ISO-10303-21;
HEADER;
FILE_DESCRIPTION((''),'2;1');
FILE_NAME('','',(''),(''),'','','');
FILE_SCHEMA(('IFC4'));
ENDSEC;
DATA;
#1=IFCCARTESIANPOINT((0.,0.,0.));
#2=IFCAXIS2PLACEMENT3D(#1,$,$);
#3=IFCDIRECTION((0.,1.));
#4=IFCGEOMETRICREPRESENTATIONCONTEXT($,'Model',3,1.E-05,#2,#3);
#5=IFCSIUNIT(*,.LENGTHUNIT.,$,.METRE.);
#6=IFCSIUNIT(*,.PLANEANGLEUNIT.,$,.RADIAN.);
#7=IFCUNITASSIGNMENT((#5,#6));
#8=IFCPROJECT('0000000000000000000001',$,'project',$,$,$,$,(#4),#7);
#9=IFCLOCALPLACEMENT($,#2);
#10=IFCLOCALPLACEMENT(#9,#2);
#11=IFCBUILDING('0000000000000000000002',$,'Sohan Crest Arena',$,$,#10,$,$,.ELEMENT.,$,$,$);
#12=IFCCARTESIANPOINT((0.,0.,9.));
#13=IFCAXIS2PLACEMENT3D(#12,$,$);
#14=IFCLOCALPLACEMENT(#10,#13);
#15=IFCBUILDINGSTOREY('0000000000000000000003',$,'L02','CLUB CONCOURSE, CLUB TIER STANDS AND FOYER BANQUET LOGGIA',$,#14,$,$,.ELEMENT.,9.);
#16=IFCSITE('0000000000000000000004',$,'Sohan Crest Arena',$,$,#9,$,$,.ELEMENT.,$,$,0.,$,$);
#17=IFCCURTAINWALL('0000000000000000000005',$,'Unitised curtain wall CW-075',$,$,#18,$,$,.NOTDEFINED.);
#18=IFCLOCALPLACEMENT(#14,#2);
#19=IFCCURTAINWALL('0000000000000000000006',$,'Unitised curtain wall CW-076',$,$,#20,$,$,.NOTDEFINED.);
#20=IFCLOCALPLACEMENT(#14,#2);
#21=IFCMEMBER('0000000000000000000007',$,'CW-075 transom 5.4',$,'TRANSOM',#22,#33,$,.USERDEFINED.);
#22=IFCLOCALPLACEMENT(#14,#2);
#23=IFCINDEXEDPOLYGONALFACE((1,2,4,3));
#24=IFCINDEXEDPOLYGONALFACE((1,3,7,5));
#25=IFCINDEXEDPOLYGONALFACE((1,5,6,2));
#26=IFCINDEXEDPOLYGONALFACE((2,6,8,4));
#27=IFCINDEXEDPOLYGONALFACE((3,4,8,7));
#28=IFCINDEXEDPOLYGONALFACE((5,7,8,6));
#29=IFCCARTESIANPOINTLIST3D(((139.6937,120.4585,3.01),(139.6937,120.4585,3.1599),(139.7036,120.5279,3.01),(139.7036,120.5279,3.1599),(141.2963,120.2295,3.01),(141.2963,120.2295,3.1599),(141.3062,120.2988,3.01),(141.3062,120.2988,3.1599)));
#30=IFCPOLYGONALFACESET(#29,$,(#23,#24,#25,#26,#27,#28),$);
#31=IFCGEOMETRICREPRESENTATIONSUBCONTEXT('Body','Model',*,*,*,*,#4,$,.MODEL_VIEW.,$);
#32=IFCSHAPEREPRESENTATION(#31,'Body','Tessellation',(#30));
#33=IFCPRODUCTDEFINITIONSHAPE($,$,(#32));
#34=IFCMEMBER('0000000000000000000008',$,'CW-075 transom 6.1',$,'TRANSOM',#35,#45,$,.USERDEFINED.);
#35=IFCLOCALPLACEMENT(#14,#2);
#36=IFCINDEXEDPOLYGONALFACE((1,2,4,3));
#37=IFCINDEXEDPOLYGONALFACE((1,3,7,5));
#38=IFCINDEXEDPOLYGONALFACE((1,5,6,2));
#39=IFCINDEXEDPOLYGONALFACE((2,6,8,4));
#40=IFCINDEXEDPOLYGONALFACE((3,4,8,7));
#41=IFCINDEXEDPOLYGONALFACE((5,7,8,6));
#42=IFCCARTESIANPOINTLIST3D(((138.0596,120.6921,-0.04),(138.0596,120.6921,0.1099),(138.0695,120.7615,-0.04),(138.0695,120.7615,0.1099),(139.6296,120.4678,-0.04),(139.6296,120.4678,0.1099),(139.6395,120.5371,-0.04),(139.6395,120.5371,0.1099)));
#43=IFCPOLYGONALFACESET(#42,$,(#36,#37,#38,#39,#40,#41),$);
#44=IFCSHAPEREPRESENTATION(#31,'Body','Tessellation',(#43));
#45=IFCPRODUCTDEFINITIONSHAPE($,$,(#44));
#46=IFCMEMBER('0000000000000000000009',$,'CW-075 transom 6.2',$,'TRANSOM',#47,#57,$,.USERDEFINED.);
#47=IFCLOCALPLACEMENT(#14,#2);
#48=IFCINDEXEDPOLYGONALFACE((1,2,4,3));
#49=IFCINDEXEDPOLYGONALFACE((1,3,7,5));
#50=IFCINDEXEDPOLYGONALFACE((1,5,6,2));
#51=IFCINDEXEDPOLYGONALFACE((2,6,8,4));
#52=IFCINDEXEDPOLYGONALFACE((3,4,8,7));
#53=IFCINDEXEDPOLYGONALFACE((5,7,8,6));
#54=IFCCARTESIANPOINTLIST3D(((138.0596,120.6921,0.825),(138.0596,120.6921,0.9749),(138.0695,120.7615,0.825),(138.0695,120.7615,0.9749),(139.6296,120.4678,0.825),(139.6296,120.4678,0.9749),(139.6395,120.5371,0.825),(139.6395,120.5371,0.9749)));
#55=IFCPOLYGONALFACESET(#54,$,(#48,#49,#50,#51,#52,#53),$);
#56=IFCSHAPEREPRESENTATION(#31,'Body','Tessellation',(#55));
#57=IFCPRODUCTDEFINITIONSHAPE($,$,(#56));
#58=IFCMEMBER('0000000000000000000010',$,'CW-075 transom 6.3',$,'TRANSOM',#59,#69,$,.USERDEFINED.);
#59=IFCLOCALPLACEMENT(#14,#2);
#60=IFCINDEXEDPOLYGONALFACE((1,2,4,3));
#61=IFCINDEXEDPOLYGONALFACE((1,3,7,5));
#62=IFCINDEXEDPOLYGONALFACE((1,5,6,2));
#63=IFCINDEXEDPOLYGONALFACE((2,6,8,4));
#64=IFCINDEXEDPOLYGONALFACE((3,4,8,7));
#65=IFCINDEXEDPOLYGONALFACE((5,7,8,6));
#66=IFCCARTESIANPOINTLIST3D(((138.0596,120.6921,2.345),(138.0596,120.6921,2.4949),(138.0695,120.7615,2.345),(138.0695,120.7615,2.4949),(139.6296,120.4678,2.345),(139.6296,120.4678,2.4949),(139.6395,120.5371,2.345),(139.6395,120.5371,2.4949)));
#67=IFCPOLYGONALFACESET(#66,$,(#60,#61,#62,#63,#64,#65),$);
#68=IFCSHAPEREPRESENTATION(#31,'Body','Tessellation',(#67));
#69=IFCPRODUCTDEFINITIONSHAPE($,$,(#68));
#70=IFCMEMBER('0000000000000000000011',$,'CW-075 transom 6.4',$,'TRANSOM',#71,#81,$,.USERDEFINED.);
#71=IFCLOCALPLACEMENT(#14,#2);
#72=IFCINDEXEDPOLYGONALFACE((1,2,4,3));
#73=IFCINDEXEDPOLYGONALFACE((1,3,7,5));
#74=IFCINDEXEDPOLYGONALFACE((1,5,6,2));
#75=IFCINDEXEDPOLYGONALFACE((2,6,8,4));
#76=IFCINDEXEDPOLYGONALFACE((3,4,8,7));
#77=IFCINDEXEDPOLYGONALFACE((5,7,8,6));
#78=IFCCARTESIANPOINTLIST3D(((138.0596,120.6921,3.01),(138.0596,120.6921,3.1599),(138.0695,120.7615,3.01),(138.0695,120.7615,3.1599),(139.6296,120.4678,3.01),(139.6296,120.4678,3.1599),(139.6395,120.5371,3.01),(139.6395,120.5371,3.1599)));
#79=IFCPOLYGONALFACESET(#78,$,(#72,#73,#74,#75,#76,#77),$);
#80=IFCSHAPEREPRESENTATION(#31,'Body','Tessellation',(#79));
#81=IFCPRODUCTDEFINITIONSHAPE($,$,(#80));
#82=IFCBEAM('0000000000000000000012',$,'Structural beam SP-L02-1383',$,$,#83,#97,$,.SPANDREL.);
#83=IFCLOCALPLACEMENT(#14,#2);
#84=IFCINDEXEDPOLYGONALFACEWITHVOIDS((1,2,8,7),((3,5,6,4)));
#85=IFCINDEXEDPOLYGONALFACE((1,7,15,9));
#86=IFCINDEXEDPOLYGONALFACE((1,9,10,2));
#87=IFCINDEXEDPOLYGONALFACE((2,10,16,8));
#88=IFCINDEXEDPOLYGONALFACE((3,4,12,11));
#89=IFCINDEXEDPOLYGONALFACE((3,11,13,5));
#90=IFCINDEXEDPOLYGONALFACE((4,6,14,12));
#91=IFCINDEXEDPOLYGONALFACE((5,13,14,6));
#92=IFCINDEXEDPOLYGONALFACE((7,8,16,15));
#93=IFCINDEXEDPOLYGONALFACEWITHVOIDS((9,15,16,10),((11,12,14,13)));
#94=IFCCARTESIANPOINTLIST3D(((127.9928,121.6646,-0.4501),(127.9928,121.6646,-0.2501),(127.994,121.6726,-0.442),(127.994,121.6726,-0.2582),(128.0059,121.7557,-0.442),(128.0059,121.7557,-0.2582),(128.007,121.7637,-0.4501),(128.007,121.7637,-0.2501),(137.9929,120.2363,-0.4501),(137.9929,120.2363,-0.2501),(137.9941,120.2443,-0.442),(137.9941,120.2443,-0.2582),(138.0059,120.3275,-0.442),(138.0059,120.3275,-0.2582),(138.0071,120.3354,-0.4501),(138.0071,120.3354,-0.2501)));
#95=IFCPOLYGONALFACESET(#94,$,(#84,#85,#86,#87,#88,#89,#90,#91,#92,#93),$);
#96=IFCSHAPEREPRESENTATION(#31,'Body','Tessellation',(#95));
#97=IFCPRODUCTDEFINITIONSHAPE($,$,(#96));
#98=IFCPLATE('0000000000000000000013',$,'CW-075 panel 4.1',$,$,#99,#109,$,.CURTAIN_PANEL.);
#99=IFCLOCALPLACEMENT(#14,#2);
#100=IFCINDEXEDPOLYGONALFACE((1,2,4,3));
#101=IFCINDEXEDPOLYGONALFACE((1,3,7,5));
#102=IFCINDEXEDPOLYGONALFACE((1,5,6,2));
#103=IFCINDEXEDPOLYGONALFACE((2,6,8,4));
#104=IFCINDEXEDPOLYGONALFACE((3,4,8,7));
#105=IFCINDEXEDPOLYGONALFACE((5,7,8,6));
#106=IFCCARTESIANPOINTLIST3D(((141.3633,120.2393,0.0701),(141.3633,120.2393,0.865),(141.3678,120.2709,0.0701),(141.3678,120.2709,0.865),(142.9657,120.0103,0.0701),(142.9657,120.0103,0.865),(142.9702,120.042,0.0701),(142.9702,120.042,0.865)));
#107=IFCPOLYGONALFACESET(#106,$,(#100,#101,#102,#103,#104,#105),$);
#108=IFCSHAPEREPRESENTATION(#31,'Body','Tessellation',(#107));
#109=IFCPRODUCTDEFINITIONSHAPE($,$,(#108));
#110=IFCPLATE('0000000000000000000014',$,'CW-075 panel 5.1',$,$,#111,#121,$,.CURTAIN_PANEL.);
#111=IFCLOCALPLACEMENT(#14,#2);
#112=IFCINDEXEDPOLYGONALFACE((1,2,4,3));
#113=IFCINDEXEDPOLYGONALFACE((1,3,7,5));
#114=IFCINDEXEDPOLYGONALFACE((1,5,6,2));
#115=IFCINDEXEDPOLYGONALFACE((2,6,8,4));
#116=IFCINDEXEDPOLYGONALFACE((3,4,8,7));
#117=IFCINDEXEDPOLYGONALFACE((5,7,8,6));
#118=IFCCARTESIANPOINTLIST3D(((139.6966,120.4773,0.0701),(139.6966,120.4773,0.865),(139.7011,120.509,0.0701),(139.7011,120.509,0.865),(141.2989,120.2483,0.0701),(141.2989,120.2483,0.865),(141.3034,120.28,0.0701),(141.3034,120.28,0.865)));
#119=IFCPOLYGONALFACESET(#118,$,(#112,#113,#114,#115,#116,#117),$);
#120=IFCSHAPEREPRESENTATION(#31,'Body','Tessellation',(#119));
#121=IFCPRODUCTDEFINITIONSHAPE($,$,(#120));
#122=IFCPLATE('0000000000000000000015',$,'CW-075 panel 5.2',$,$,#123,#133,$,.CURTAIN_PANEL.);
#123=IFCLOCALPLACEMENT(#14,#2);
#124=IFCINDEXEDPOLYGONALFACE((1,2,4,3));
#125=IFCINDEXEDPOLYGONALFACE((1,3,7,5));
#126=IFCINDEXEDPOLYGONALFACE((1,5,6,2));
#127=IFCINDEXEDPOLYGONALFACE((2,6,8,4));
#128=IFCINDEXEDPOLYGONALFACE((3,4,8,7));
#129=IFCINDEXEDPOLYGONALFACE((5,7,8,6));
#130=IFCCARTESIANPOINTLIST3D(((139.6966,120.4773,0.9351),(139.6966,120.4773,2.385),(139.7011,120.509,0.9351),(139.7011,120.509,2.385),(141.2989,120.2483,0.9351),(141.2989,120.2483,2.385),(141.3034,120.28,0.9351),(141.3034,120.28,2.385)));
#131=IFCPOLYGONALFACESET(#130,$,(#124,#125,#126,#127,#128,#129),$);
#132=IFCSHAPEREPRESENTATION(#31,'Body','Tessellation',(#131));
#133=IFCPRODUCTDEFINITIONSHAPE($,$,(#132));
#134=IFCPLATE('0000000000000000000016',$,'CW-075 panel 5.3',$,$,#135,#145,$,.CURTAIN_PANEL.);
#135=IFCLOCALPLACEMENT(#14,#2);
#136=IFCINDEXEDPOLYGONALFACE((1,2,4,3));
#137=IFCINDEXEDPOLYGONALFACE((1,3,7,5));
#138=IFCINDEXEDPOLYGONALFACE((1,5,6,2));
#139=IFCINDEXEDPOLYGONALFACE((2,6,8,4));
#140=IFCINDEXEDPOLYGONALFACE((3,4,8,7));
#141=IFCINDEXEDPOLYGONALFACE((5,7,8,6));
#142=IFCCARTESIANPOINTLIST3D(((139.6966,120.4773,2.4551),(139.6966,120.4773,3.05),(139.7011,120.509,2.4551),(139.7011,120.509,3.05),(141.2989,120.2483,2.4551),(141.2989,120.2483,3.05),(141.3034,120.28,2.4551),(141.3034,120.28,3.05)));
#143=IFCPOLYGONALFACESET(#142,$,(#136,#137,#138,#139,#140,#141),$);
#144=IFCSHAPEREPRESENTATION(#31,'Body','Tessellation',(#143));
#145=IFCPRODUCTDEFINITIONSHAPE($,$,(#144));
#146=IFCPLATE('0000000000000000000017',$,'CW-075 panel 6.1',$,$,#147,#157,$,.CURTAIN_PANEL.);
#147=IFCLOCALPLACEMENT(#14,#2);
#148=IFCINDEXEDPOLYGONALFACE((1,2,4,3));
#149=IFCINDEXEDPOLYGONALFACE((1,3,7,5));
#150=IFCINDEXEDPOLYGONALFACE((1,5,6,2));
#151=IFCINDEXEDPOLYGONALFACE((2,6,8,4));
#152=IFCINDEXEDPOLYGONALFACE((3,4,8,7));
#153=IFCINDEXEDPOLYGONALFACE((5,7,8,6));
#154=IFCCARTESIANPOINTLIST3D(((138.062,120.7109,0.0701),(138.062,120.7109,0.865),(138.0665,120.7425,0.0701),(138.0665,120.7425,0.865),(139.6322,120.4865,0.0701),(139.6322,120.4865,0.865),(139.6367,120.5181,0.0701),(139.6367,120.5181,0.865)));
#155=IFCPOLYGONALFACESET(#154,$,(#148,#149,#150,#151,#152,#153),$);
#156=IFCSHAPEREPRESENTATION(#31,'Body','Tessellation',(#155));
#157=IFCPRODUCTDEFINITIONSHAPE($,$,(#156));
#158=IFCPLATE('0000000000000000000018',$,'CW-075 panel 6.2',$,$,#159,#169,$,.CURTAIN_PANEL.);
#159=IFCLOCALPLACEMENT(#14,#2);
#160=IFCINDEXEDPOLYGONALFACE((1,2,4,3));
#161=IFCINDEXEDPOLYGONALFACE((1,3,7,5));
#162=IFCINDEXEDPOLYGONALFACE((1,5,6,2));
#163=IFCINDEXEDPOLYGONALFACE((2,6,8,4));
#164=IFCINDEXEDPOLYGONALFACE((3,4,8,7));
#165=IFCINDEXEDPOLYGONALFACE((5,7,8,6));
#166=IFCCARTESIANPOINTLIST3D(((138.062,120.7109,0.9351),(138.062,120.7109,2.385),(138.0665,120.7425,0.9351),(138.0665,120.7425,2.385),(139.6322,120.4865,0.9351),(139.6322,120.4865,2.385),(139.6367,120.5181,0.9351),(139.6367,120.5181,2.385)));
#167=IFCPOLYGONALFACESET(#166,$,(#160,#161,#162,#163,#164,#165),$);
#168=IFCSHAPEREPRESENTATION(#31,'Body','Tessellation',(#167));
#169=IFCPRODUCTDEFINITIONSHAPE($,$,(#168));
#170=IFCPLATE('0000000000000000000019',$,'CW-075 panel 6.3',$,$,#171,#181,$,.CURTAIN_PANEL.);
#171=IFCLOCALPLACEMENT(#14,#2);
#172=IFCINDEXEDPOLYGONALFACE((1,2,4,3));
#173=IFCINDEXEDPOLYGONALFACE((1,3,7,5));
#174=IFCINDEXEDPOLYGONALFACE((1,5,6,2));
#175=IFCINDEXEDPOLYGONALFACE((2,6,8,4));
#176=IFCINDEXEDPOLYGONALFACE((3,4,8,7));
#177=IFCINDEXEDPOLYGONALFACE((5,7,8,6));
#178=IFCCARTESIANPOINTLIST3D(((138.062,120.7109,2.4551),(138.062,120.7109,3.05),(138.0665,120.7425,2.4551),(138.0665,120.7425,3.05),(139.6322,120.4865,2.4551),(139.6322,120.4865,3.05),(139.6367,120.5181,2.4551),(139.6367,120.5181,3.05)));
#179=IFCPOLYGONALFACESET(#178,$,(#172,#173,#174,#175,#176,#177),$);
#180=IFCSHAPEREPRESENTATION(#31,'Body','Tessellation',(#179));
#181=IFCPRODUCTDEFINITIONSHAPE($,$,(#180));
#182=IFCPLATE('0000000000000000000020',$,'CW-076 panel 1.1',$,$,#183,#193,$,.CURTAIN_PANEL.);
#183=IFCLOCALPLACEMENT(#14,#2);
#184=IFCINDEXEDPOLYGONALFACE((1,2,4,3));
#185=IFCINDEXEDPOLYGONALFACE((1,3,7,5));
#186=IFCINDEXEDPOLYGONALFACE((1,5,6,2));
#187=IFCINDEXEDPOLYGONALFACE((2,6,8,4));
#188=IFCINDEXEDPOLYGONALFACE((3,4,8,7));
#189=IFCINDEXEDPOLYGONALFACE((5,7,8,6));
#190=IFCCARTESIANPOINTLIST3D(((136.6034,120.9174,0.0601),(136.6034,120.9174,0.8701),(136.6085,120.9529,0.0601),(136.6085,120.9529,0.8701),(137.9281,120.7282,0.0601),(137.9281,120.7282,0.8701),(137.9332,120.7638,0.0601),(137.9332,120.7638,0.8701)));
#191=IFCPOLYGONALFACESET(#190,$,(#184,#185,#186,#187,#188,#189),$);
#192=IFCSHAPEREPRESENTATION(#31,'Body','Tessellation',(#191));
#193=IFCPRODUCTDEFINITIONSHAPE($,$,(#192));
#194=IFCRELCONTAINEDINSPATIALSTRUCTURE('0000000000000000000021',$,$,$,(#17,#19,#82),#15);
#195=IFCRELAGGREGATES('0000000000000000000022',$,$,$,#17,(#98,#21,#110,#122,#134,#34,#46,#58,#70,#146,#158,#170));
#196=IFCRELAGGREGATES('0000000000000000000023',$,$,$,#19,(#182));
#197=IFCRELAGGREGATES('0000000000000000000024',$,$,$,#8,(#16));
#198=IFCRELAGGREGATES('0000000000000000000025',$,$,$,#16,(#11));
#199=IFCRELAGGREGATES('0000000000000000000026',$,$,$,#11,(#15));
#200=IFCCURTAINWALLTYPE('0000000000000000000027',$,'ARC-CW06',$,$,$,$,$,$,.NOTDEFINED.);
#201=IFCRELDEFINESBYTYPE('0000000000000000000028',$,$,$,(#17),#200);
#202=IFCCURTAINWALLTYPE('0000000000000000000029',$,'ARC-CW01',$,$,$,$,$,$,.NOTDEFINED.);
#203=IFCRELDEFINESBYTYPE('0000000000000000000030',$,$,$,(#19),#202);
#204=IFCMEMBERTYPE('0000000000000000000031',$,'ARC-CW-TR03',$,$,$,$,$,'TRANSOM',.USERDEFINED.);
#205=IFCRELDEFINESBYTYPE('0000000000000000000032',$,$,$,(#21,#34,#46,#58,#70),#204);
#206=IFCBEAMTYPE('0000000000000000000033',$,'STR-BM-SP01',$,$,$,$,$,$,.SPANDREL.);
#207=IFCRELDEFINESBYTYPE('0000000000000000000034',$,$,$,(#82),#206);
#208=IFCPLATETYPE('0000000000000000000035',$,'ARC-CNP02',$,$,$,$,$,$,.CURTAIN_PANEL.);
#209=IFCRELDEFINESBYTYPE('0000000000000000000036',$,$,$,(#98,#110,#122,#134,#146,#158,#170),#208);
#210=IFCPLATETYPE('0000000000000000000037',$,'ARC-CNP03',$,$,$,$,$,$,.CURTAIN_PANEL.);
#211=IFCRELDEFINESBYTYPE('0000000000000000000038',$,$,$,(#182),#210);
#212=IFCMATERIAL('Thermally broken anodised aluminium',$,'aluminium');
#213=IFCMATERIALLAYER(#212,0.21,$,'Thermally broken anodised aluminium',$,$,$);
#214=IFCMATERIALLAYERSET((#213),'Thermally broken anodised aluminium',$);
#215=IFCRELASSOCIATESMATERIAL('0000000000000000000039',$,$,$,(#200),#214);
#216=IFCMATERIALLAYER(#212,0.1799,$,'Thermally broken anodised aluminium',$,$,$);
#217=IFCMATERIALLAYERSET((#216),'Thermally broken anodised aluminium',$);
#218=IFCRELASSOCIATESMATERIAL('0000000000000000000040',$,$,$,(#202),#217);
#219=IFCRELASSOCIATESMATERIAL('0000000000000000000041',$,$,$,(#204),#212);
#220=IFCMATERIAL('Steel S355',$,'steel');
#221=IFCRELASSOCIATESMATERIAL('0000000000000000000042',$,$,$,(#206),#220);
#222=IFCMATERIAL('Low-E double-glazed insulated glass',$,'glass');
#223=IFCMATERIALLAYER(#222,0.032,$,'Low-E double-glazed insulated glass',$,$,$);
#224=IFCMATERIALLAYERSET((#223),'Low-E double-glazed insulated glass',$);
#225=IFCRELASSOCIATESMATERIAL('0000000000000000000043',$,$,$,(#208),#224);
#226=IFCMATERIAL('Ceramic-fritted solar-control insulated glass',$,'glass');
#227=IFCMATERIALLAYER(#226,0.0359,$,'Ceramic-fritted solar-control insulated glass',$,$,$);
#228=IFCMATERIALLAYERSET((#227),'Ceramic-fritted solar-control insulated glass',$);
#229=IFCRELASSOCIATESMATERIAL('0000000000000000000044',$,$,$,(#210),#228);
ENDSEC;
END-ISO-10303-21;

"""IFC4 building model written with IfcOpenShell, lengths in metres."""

from ifc_helpers import new_model, si_unit, direction, frame, origin, origin_2d, place, context, subcontext, project, spatial, rectangle, hollow_rectangle, extrude, material, layer, layer_set, material_profile, profile_set, type_object, element, aggregate, save


model = new_model("IFC4")

# Units and contexts
model_context = context("Model", 3, precision=1e-05, world=origin(), true_north=direction((0.0, 1.0)))
body_context = subcontext(model_context, "Body", "Model", "MODEL_VIEW")
ifc_project = project(units=[si_unit("LENGTHUNIT", "METRE"), si_unit("PLANEANGLEUNIT", "RADIAN")], contexts=[model_context])

# Site, building, storey
site_placement = place(None, origin())
site = spatial("IfcSite", under=ifc_project, at=site_placement, Name="Sohan Crest Arena", CompositionType="ELEMENT", RefElevation=0.0)
building_placement = place(site_placement, origin())
building = spatial("IfcBuilding", under=site, at=building_placement, Name="Sohan Crest Arena", CompositionType="ELEMENT")
storey_placement = place(building_placement, frame((0.0, 0.0, 9.0)))
storey = spatial("IfcBuildingStorey", under=building, at=storey_placement, Name="L02", Description="CLUB CONCOURSE, CLUB TIER STANDS AND FOYER BANQUET LOGGIA", CompositionType="ELEMENT", Elevation=9.0)

# Shared definitions
ifc_material_1 = material(Name="Steel S355", Category="steel")

# Curtain walls
ifc_material_2 = material(Name="Thermally broken anodised aluminium", Category="aluminium")
ifc_layer_1 = layer(ifc_material_2, 0.21, Name="Thermally broken anodised aluminium")
ifc_layer_set_1 = layer_set([ifc_layer_1], Name="Thermally broken anodised aluminium")
curtain_wall_type_1 = type_object("IfcCurtainWallType", Name="ARC-CW06", PredefinedType="NOTDEFINED", material=ifc_layer_set_1)
curtain_wall_1_placement = place(storey_placement, origin())
curtain_wall_1 = element("IfcCurtainWall", 1, at=curtain_wall_1_placement, inside=storey, type_object=curtain_wall_type_1, Name="Unitised curtain wall CW-075", PredefinedType="NOTDEFINED")
ifc_layer_2 = layer(ifc_material_2, 0.1799, Name="Thermally broken anodised aluminium")
ifc_layer_set_2 = layer_set([ifc_layer_2], Name="Thermally broken anodised aluminium")
curtain_wall_type_2 = type_object("IfcCurtainWallType", Name="ARC-CW01", PredefinedType="NOTDEFINED", material=ifc_layer_set_2)
curtain_wall_2_placement = place(storey_placement, origin())
curtain_wall_2 = element("IfcCurtainWall", 2, at=curtain_wall_2_placement, inside=storey, type_object=curtain_wall_type_2, Name="Unitised curtain wall CW-076", PredefinedType="NOTDEFINED")

# Members
ifc_material_profile_1 = material_profile(ifc_material_2, rectangle(XDim=0.0701, YDim=0.1499, at=origin_2d()), Name="ALU-TRAN 70x150")
ifc_profile_set_1 = profile_set([ifc_material_profile_1], Name="Thermally broken anodised aluminium")
member_type_1 = type_object("IfcMemberType", Name="ARC-CW-TR03", ElementType="TRANSOM", PredefinedType="USERDEFINED", material=ifc_profile_set_1)
member_1_placement = place(storey_placement, frame((141.3013, 120.2642, 3.085), z_axis=(-0.989943, 0.141464, 0.0), x_axis=(-0.141464, -0.989943, 0.0)))
member_1 = element("IfcMember", 3, at=member_1_placement, type_object=member_type_1, Name="CW-075 transom 5.4", ObjectType="TRANSOM", PredefinedType="USERDEFINED", context=body_context, shape_type="SweptSolid", body=[
    extrude(rectangle(XDim=0.0701, YDim=0.1499, at=origin_2d()), origin(), (0.0, 0.0, 1.0), 1.6189),
])
member_2_placement = place(storey_placement, frame((139.6345, 120.5024, 0.0349), z_axis=(-0.989943, 0.141464, 0.0), x_axis=(-0.141464, -0.989943, 0.0)))
member_2 = element("IfcMember", 4, at=member_2_placement, type_object=member_type_1, Name="CW-075 transom 6.1", ObjectType="TRANSOM", PredefinedType="USERDEFINED", context=body_context, shape_type="SweptSolid", body=[
    extrude(rectangle(XDim=0.0701, YDim=0.1499, at=origin_2d()), origin(), (0.0, 0.0, 1.0), 1.5859),
])
member_3_placement = place(storey_placement, frame((139.6345, 120.5024, 0.8999), z_axis=(-0.989943, 0.141464, 0.0), x_axis=(-0.141464, -0.989943, 0.0)))
member_3 = element("IfcMember", 5, at=member_3_placement, type_object=member_type_1, Name="CW-075 transom 6.2", ObjectType="TRANSOM", PredefinedType="USERDEFINED", context=body_context, shape_type="SweptSolid", body=[
    extrude(rectangle(XDim=0.0701, YDim=0.1499, at=origin_2d()), origin(), (0.0, 0.0, 1.0), 1.5859),
])
member_4_placement = place(storey_placement, frame((139.6345, 120.5024, 2.4199), z_axis=(-0.989943, 0.141464, 0.0), x_axis=(-0.141464, -0.989943, 0.0)))
member_4 = element("IfcMember", 6, at=member_4_placement, type_object=member_type_1, Name="CW-075 transom 6.3", ObjectType="TRANSOM", PredefinedType="USERDEFINED", context=body_context, shape_type="SweptSolid", body=[
    extrude(rectangle(XDim=0.0701, YDim=0.1499, at=origin_2d()), origin(), (0.0, 0.0, 1.0), 1.5859),
])
member_5_placement = place(storey_placement, frame((139.6345, 120.5024, 3.085), z_axis=(-0.989943, 0.141464, 0.0), x_axis=(-0.141464, -0.989943, 0.0)))
member_5 = element("IfcMember", 7, at=member_5_placement, type_object=member_type_1, Name="CW-075 transom 6.4", ObjectType="TRANSOM", PredefinedType="USERDEFINED", context=body_context, shape_type="SweptSolid", body=[
    extrude(rectangle(XDim=0.0701, YDim=0.1499, at=origin_2d()), origin(), (0.0, 0.0, 1.0), 1.5859),
])

# Beam
ifc_material_profile_2 = material_profile(ifc_material_1, hollow_rectangle(XDim=0.1001, YDim=0.2, WallThickness=0.0081, at=origin_2d()), Name="RHS 200x100x8")
ifc_profile_set_2 = profile_set([ifc_material_profile_2], Name="Steel S355")
beam_type = type_object("IfcBeamType", Name="STR-BM-SP01", PredefinedType="SPANDREL", material=ifc_profile_set_2)
beam_placement = place(storey_placement, frame((138.0, 120.2859, -0.3501), z_axis=(-0.989954, 0.141388, 0.0), x_axis=(-0.141388, -0.989954, 0.0)))
element("IfcBeam", 8, at=beam_placement, inside=storey, type_object=beam_type, Name="Structural beam SP-L02-1383", PredefinedType="SPANDREL", context=body_context, shape_type="SweptSolid", body=[
    extrude(hollow_rectangle(XDim=0.1001, YDim=0.2, WallThickness=0.0081, at=origin_2d()), origin(), (0.0, 0.0, 1.0), 10.1016),
])

# Plates
ifc_material_3 = material(Name="Low-E double-glazed insulated glass", Category="glass")
ifc_layer_3 = layer(ifc_material_3, 0.032, Name="Low-E double-glazed insulated glass")
ifc_layer_set_3 = layer_set([ifc_layer_3], Name="Low-E double-glazed insulated glass")
plate_type_1 = type_object("IfcPlateType", Name="ARC-CNP02", PredefinedType="CURTAIN_PANEL", material=ifc_layer_set_3)
plate_1_placement = place(storey_placement, frame((142.1667, 120.1406, 0.0701), z_axis=(0.0, 0.0, 1.0), x_axis=(-0.989944, 0.141463, 0.0)))
plate_1 = element("IfcPlate", 9, at=plate_1_placement, type_object=plate_type_1, Name="CW-075 panel 4.1", PredefinedType="CURTAIN_PANEL", context=body_context, shape_type="SweptSolid", body=[
    extrude(rectangle(XDim=1.6187, YDim=0.032, at=origin_2d()), origin(), (0.0, 0.0, 1.0), 0.7949),
])
plate_2_placement = place(storey_placement, frame((140.5, 120.3787, 0.0701), z_axis=(0.0, 0.0, 1.0), x_axis=(-0.989944, 0.141463, 0.0)))
plate_2 = element("IfcPlate", 10, at=plate_2_placement, type_object=plate_type_1, Name="CW-075 panel 5.1", PredefinedType="CURTAIN_PANEL", context=body_context, shape_type="SweptSolid", body=[
    extrude(rectangle(XDim=1.6187, YDim=0.032, at=origin_2d()), origin(), (0.0, 0.0, 1.0), 0.7949),
])
plate_3_placement = place(storey_placement, frame((140.5, 120.3787, 0.9351), z_axis=(0.0, 0.0, 1.0), x_axis=(-0.989944, 0.141463, 0.0)))
plate_3 = element("IfcPlate", 11, at=plate_3_placement, type_object=plate_type_1, Name="CW-075 panel 5.2", PredefinedType="CURTAIN_PANEL", context=body_context, shape_type="SweptSolid", body=[
    extrude(rectangle(XDim=1.6187, YDim=0.032, at=origin_2d()), origin(), (0.0, 0.0, 1.0), 1.45),
])
plate_4_placement = place(storey_placement, frame((140.5, 120.3787, 2.4551), z_axis=(0.0, 0.0, 1.0), x_axis=(-0.989944, 0.141463, 0.0)))
plate_4 = element("IfcPlate", 12, at=plate_4_placement, type_object=plate_type_1, Name="CW-075 panel 5.3", PredefinedType="CURTAIN_PANEL", context=body_context, shape_type="SweptSolid", body=[
    extrude(rectangle(XDim=1.6187, YDim=0.032, at=origin_2d()), origin(), (0.0, 0.0, 1.0), 0.595),
])
plate_5_placement = place(storey_placement, frame((138.8494, 120.6145, 0.0701), z_axis=(0.0, 0.0, 1.0), x_axis=(-0.989944, 0.141463, 0.0)))
plate_5 = element("IfcPlate", 13, at=plate_5_placement, type_object=plate_type_1, Name="CW-075 panel 6.1", PredefinedType="CURTAIN_PANEL", context=body_context, shape_type="SweptSolid", body=[
    extrude(rectangle(XDim=1.5862, YDim=0.032, at=origin_2d()), origin(), (0.0, 0.0, 1.0), 0.7949),
])
plate_6_placement = place(storey_placement, frame((138.8494, 120.6145, 0.9351), z_axis=(0.0, 0.0, 1.0), x_axis=(-0.989944, 0.141463, 0.0)))
plate_6 = element("IfcPlate", 14, at=plate_6_placement, type_object=plate_type_1, Name="CW-075 panel 6.2", PredefinedType="CURTAIN_PANEL", context=body_context, shape_type="SweptSolid", body=[
    extrude(rectangle(XDim=1.5862, YDim=0.032, at=origin_2d()), origin(), (0.0, 0.0, 1.0), 1.45),
])
plate_7_placement = place(storey_placement, frame((138.8494, 120.6145, 2.4551), z_axis=(0.0, 0.0, 1.0), x_axis=(-0.989944, 0.141463, 0.0)))
plate_7 = element("IfcPlate", 15, at=plate_7_placement, type_object=plate_type_1, Name="CW-075 panel 6.3", PredefinedType="CURTAIN_PANEL", context=body_context, shape_type="SweptSolid", body=[
    extrude(rectangle(XDim=1.5862, YDim=0.032, at=origin_2d()), origin(), (0.0, 0.0, 1.0), 0.595),
])
aggregate(curtain_wall_1, [plate_1, member_1, plate_2, plate_3, plate_4, member_2, member_3, member_4, member_5, plate_5, plate_6, plate_7])
ifc_material_4 = material(Name="Ceramic-fritted solar-control insulated glass", Category="glass")
ifc_layer_4 = layer(ifc_material_4, 0.0359, Name="Ceramic-fritted solar-control insulated glass")
ifc_layer_set_4 = layer_set([ifc_layer_4], Name="Ceramic-fritted solar-control insulated glass")
plate_type_2 = type_object("IfcPlateType", Name="ARC-CNP03", PredefinedType="CURTAIN_PANEL", material=ifc_layer_set_4)
plate_8_placement = place(storey_placement, frame((137.2683, 120.8406, 0.0601), z_axis=(0.0, 0.0, 1.0), x_axis=(-0.989957, 0.141366, 0.0)))
plate_8 = element("IfcPlate", 16, at=plate_8_placement, type_object=plate_type_2, Name="CW-076 panel 1.1", PredefinedType="CURTAIN_PANEL", context=body_context, shape_type="SweptSolid", body=[
    extrude(rectangle(XDim=1.3381, YDim=0.0359, at=origin_2d()), origin(), (0.0, 0.0, 1.0), 0.8101),
])
aggregate(curtain_wall_2, [plate_8])

save(model, "model.ifc")
